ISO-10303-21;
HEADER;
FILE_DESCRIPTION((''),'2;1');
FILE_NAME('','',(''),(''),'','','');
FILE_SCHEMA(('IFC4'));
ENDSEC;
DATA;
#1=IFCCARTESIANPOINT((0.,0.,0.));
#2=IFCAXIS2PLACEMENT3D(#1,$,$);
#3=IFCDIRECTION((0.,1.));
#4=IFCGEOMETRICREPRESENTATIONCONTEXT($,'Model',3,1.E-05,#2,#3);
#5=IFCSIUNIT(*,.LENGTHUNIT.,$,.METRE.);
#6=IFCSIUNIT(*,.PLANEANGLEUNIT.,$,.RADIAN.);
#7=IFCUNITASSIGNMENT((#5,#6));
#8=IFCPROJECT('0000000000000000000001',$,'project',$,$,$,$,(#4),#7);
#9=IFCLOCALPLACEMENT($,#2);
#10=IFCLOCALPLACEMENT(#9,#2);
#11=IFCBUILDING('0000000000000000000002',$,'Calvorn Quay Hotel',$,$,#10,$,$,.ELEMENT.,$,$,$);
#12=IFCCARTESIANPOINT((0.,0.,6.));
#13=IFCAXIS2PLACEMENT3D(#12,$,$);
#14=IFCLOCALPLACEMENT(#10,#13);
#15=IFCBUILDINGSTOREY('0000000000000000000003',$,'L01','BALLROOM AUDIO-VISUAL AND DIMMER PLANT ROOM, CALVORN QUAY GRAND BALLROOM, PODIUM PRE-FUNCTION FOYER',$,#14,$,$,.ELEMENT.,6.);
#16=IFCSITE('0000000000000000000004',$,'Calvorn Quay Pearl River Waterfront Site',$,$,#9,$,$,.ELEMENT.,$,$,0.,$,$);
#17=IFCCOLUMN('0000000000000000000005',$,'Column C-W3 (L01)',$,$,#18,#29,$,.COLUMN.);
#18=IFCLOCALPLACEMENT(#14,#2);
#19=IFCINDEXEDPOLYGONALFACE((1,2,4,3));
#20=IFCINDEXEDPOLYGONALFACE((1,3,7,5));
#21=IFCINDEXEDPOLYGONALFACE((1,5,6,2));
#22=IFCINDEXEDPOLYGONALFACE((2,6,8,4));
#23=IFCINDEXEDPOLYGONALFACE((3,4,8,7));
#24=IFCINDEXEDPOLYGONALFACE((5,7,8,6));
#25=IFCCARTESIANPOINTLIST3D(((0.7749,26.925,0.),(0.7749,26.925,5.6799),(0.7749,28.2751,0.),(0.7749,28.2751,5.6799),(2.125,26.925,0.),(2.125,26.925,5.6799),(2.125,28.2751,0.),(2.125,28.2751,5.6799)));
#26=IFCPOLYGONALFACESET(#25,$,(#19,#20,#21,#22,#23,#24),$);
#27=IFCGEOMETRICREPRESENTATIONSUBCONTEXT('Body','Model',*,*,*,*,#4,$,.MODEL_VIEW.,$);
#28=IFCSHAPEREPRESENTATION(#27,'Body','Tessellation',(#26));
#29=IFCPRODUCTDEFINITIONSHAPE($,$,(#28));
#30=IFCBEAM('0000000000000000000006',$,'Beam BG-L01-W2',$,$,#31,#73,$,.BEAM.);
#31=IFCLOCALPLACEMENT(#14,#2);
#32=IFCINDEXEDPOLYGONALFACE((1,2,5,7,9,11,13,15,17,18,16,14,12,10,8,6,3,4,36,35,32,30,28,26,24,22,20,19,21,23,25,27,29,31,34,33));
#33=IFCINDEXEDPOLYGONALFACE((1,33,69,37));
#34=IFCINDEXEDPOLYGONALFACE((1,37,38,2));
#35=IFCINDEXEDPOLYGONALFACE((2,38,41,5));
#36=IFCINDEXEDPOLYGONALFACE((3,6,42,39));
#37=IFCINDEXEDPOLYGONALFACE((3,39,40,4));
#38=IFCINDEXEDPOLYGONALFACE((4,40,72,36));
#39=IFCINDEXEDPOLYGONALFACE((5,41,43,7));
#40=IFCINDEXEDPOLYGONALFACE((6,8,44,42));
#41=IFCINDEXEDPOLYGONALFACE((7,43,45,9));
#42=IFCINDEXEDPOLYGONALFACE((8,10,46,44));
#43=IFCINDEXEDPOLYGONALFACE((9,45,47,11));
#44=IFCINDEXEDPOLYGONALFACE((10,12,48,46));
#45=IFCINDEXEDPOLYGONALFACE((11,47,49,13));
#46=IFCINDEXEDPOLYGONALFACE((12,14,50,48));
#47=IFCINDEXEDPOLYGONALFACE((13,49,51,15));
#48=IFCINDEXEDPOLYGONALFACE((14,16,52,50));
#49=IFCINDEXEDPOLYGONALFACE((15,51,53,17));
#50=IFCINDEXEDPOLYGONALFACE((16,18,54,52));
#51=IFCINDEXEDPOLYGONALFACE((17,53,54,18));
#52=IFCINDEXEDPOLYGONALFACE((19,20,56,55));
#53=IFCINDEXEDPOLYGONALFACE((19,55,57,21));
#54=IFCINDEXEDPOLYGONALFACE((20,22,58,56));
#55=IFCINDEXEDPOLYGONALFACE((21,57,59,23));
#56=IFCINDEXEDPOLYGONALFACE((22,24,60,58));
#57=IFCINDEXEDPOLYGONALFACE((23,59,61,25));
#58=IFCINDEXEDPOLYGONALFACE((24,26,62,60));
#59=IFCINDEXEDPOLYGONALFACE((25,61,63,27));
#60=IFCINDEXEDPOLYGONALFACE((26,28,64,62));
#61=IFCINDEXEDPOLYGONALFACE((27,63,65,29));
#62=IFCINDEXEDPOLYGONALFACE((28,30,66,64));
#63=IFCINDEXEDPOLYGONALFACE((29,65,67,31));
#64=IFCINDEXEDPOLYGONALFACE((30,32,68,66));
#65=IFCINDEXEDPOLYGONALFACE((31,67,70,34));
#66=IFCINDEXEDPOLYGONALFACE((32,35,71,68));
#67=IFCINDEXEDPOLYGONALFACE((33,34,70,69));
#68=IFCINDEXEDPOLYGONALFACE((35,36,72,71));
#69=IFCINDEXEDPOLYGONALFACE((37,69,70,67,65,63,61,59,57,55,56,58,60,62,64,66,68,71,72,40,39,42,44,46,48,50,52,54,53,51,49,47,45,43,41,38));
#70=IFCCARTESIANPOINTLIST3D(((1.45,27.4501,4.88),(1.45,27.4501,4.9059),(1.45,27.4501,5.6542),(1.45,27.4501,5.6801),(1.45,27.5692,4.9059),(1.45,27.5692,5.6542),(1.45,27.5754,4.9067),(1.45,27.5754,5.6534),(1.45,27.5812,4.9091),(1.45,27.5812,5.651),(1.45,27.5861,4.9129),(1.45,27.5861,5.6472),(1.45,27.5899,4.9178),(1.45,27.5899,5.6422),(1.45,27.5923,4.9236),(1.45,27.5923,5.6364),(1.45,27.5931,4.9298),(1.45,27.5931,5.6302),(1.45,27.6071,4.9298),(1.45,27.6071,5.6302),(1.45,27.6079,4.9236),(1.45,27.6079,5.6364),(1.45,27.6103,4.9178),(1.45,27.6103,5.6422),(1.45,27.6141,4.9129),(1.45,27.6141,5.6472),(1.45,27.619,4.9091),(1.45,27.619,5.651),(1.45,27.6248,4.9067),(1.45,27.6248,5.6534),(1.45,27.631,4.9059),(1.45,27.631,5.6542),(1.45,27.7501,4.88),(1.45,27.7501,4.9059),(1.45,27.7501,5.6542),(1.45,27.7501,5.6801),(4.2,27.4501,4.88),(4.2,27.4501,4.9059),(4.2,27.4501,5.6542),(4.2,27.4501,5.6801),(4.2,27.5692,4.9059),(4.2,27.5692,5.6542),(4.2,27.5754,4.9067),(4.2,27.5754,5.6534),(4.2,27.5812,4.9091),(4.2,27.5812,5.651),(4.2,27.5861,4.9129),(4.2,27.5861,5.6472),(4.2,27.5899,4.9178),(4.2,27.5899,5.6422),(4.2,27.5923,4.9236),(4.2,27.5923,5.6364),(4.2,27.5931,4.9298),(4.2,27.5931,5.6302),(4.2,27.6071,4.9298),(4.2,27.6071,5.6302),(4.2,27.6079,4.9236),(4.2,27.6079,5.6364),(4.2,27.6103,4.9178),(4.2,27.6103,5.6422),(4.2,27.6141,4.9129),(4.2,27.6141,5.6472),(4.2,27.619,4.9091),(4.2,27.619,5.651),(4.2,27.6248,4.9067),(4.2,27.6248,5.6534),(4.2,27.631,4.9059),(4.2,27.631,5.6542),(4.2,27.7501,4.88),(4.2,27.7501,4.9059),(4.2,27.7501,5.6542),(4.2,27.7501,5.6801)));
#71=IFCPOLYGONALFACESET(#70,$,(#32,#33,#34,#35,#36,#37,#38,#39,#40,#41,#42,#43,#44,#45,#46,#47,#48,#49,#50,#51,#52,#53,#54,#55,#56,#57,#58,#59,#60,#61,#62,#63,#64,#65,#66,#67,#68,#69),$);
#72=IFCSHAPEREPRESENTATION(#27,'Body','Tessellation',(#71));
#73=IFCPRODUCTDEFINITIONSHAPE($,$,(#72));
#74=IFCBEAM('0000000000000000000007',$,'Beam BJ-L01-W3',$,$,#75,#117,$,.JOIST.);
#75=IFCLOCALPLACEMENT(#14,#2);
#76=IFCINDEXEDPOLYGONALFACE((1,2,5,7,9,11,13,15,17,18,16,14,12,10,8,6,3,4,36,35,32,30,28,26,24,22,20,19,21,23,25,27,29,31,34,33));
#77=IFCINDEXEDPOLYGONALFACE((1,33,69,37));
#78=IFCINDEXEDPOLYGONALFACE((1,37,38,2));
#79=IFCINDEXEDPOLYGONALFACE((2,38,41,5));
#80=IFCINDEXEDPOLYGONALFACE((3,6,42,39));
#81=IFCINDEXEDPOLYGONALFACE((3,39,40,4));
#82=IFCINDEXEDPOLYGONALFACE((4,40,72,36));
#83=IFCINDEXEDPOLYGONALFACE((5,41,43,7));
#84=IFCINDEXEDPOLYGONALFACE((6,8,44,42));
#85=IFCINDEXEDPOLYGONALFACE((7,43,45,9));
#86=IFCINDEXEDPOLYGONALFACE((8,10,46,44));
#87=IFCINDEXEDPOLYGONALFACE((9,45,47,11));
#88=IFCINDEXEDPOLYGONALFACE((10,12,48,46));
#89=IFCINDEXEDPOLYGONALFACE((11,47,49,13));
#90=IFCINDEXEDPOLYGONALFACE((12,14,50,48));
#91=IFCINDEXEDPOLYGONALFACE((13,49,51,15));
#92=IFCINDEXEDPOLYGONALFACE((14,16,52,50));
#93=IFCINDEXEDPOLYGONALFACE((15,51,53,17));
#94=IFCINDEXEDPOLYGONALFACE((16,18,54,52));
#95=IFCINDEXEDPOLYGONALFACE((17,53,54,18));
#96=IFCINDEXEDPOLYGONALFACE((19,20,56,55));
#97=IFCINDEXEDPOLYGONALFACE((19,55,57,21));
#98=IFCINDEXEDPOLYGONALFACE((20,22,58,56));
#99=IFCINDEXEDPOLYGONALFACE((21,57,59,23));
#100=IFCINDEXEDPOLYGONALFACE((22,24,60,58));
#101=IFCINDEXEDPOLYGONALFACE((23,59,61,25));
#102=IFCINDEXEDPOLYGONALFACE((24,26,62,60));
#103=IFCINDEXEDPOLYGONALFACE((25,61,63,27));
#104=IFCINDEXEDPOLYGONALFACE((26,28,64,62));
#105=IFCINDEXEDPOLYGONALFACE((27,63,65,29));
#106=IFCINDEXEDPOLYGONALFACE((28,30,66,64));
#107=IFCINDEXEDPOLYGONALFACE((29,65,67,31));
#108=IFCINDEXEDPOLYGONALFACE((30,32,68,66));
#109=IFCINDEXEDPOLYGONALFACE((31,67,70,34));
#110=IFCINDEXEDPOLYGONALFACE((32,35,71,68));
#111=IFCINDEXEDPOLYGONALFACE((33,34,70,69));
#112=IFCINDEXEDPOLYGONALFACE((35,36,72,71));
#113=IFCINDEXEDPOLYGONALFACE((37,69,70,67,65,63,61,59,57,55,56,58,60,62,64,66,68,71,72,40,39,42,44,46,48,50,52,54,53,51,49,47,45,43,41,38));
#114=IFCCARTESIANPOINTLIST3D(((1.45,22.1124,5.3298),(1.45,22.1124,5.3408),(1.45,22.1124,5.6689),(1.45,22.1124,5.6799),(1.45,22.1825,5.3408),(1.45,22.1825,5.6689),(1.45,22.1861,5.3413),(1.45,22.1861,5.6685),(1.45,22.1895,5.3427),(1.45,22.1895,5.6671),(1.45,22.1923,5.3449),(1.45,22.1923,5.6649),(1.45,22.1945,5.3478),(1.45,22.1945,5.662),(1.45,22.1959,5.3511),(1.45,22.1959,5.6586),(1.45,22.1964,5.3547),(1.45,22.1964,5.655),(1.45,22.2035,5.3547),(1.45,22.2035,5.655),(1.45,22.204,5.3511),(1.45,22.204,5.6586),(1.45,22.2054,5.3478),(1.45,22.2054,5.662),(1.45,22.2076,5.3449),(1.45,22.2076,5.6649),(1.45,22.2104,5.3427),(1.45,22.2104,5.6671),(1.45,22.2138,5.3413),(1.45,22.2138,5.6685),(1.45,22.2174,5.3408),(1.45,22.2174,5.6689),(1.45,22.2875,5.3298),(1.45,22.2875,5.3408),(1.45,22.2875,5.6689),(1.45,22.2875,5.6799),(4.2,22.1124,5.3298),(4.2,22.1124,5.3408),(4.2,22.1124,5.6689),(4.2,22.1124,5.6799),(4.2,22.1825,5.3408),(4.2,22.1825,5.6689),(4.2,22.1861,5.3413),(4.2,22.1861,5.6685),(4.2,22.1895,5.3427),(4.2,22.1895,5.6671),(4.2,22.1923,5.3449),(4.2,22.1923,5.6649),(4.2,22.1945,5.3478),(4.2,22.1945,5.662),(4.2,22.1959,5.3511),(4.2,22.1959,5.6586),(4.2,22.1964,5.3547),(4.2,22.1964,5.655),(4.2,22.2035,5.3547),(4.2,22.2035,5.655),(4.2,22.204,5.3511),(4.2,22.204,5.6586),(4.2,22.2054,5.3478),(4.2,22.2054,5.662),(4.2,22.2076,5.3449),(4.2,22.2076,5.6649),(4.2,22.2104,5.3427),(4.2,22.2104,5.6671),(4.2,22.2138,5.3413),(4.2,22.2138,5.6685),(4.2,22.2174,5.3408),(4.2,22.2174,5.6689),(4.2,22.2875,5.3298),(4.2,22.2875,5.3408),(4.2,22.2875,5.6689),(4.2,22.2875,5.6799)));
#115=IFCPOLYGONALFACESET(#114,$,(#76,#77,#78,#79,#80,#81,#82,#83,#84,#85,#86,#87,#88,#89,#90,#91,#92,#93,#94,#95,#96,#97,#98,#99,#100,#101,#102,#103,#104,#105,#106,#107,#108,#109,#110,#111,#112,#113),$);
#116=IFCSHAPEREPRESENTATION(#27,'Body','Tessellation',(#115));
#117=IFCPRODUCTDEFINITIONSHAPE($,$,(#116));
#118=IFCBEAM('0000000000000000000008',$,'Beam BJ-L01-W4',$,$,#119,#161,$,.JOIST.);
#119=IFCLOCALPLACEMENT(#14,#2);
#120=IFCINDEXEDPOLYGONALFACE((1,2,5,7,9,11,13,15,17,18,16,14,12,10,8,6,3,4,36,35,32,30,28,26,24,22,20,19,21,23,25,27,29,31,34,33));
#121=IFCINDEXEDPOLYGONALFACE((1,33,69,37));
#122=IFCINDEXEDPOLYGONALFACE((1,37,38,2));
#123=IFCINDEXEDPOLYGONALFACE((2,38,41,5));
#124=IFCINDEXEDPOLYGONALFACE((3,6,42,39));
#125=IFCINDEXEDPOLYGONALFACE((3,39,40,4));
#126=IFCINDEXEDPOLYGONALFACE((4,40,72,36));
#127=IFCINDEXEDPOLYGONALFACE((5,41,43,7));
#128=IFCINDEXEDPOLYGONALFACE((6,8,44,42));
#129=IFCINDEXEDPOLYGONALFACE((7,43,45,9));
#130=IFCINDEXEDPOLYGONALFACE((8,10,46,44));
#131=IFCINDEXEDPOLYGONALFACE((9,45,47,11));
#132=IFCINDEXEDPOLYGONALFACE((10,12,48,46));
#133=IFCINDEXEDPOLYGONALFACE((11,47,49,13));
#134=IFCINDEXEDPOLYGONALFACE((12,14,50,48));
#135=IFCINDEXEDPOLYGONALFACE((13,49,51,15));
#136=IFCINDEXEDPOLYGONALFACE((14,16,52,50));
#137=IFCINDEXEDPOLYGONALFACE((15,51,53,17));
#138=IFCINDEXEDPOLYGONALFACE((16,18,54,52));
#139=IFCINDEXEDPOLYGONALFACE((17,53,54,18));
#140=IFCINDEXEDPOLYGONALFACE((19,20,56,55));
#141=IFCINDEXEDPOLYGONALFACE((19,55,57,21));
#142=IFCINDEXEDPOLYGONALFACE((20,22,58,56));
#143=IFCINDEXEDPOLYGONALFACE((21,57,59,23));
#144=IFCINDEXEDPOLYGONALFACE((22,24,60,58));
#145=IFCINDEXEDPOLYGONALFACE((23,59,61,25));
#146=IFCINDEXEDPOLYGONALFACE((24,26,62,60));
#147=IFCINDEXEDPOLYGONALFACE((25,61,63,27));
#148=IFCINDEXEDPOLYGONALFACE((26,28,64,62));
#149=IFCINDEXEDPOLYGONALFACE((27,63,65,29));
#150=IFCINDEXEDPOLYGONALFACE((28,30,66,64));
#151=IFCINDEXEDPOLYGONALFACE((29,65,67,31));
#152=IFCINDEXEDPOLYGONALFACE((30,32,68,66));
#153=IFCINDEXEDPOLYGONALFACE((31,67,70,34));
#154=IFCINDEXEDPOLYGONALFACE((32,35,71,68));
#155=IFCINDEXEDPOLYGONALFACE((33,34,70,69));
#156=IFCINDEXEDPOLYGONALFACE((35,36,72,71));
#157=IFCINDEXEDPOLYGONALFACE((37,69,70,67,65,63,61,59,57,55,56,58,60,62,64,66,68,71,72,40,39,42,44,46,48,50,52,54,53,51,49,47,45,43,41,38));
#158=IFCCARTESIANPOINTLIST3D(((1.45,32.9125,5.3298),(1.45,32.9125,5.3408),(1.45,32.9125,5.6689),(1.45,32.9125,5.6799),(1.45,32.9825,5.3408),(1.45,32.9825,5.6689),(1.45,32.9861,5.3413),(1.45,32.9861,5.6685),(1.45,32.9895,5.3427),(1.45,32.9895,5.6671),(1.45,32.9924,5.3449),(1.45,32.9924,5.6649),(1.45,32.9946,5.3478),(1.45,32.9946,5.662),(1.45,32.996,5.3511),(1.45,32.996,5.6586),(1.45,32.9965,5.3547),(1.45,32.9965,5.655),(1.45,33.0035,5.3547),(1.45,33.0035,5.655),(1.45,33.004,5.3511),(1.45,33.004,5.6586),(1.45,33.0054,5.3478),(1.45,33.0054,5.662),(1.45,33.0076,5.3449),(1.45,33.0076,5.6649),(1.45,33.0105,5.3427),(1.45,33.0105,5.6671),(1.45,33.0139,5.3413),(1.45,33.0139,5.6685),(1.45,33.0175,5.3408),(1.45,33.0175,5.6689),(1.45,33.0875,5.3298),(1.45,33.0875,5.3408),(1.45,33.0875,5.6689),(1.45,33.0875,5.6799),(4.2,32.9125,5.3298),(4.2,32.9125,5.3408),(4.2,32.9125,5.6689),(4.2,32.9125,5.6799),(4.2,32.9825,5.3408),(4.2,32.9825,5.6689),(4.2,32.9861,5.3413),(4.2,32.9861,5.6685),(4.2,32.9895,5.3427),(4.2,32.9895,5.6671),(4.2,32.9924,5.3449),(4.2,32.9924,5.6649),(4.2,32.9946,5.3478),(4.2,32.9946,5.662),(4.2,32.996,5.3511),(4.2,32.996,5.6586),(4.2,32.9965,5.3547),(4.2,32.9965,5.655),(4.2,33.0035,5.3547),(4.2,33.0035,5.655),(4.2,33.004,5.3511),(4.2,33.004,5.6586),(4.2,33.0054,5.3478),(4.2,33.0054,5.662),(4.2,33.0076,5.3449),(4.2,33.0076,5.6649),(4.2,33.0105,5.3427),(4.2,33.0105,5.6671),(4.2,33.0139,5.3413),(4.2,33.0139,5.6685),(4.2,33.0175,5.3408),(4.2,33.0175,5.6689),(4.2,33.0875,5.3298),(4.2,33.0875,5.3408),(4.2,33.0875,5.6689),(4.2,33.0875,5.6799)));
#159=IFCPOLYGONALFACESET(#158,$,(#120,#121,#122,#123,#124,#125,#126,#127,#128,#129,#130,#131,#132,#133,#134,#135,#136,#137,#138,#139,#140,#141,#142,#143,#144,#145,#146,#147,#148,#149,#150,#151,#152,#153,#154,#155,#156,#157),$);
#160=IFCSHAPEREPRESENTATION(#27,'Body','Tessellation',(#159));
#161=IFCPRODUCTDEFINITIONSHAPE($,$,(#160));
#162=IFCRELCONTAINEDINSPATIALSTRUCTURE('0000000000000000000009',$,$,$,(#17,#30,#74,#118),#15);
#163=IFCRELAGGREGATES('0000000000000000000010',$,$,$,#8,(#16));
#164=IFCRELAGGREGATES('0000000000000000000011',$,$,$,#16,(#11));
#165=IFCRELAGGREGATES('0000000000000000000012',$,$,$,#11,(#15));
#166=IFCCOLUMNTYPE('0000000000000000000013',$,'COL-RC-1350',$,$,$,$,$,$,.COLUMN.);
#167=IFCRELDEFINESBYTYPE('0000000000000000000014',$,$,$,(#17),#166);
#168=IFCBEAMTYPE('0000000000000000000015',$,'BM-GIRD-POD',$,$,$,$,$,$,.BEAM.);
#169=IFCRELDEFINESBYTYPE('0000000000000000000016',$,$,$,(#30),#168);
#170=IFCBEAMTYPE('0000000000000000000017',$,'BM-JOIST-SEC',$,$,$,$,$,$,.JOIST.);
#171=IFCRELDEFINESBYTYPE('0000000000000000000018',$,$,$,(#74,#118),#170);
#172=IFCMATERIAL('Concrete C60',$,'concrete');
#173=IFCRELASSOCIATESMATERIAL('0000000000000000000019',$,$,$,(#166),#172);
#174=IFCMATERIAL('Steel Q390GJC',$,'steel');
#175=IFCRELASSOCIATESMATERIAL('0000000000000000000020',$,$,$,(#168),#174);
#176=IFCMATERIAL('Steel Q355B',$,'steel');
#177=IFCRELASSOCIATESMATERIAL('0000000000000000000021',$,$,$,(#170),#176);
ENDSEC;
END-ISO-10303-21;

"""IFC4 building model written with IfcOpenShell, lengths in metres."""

from ifc_helpers import new_model, si_unit, direction, frame, origin, origin_2d, place, context, subcontext, project, spatial, rectangle, i_section, extrude, material, material_profile, profile_set, type_object, element, save


model = new_model("IFC4")

# Units and contexts
model_context = context("Model", 3, precision=1e-05, world=origin(), true_north=direction((0.0, 1.0)))
body_context = subcontext(model_context, "Body", "Model", "MODEL_VIEW")
ifc_project = project(units=[si_unit("LENGTHUNIT", "METRE"), si_unit("PLANEANGLEUNIT", "RADIAN")], contexts=[model_context])

# Site, building, storey
site_placement = place(None, origin())
site = spatial("IfcSite", under=ifc_project, at=site_placement, Name="Calvorn Quay Pearl River Waterfront Site", CompositionType="ELEMENT", RefElevation=0.0)
building_placement = place(site_placement, origin())
building = spatial("IfcBuilding", under=site, at=building_placement, Name="Calvorn Quay Hotel", CompositionType="ELEMENT")
storey_placement = place(building_placement, frame((0.0, 0.0, 6.0)))
storey = spatial("IfcBuildingStorey", under=building, at=storey_placement, Name="L01", Description="BALLROOM AUDIO-VISUAL AND DIMMER PLANT ROOM, CALVORN QUAY GRAND BALLROOM, PODIUM PRE-FUNCTION FOYER", CompositionType="ELEMENT", Elevation=6.0)

# Column
ifc_material_1 = material(Name="Concrete C60", Category="concrete")
ifc_material_profile_1 = material_profile(ifc_material_1, rectangle(XDim=1.3501, YDim=1.3501, at=origin_2d()), Name="RC1350x1350")
ifc_profile_set_1 = profile_set([ifc_material_profile_1], Name="Concrete C60")
column_type = type_object("IfcColumnType", Name="COL-RC-1350", PredefinedType="COLUMN", material=ifc_profile_set_1)
column_placement = place(storey_placement, frame((1.45, 27.6001, 0.0), z_axis=(0.0, 0.0, 1.0), x_axis=(1.0, 0.0, 0.0)))
element("IfcColumn", 1, at=column_placement, inside=storey, type_object=column_type, Name="Column C-W3 (L01)", PredefinedType="COLUMN", context=body_context, shape_type="SweptSolid", body=[
    extrude(rectangle(XDim=1.3501, YDim=1.3501, at=origin_2d()), origin(), (0.0, 0.0, 1.0), 5.6799),
])

# Beams
ifc_material_2 = material(Name="Steel Q390GJC", Category="steel")
ifc_material_profile_2 = material_profile(ifc_material_2, i_section(OverallWidth=0.3, OverallDepth=0.8, WebThickness=0.0139, FlangeThickness=0.0259, FilletRadius=0.0239, at=origin_2d()), Name="HN800x300x14x26")
ifc_profile_set_2 = profile_set([ifc_material_profile_2], Name="Steel Q390GJC")
beam_type_1 = type_object("IfcBeamType", Name="BM-GIRD-POD", PredefinedType="BEAM", material=ifc_profile_set_2)
beam_1_placement = place(storey_placement, frame((1.45, 27.6001, 5.28), z_axis=(1.0, 0.0, 0.0), x_axis=(0.0, 1.0, 0.0)))
element("IfcBeam", 2, at=beam_1_placement, inside=storey, type_object=beam_type_1, Name="Beam BG-L01-W2", PredefinedType="BEAM", context=body_context, shape_type="SweptSolid", body=[
    extrude(i_section(OverallWidth=0.3, OverallDepth=0.8, WebThickness=0.0139, FlangeThickness=0.0259, FilletRadius=0.0239, at=origin_2d()), origin(), (0.0, 0.0, 1.0), 2.75),
])
ifc_material_3 = material(Name="Steel Q355B", Category="steel")
ifc_material_profile_3 = material_profile(ifc_material_3, i_section(OverallWidth=0.175, OverallDepth=0.3501, WebThickness=0.0071, FlangeThickness=0.011, FilletRadius=0.0139, at=origin_2d()), Name="HN350x175x7x11")
ifc_profile_set_3 = profile_set([ifc_material_profile_3], Name="Steel Q355B")
beam_type_2 = type_object("IfcBeamType", Name="BM-JOIST-SEC", PredefinedType="JOIST", material=ifc_profile_set_3)
for number, where, z_axis, x_axis, name in (
    (3, (1.45, 22.2, 5.5049), (1.0, 0.0, 0.0), (0.0, 1.0, 0.0), "Beam BJ-L01-W3"),
    (4, (1.45, 33.0, 5.5049), (1.0, 0.0, 0.0), (0.0, 1.0, 0.0), "Beam BJ-L01-W4"),
):
    element("IfcBeam", number, at=place(storey_placement, frame(where, z_axis=z_axis, x_axis=x_axis)), inside=storey, type_object=beam_type_2, Name=name, PredefinedType="JOIST", context=body_context, shape_type="SweptSolid", body=[
        extrude(i_section(OverallWidth=0.175, OverallDepth=0.3501, WebThickness=0.0071, FlangeThickness=0.011, FilletRadius=0.0139, at=origin_2d()), origin(), (0.0, 0.0, 1.0), 2.75),
    ])

save(model, "model.ifc")
